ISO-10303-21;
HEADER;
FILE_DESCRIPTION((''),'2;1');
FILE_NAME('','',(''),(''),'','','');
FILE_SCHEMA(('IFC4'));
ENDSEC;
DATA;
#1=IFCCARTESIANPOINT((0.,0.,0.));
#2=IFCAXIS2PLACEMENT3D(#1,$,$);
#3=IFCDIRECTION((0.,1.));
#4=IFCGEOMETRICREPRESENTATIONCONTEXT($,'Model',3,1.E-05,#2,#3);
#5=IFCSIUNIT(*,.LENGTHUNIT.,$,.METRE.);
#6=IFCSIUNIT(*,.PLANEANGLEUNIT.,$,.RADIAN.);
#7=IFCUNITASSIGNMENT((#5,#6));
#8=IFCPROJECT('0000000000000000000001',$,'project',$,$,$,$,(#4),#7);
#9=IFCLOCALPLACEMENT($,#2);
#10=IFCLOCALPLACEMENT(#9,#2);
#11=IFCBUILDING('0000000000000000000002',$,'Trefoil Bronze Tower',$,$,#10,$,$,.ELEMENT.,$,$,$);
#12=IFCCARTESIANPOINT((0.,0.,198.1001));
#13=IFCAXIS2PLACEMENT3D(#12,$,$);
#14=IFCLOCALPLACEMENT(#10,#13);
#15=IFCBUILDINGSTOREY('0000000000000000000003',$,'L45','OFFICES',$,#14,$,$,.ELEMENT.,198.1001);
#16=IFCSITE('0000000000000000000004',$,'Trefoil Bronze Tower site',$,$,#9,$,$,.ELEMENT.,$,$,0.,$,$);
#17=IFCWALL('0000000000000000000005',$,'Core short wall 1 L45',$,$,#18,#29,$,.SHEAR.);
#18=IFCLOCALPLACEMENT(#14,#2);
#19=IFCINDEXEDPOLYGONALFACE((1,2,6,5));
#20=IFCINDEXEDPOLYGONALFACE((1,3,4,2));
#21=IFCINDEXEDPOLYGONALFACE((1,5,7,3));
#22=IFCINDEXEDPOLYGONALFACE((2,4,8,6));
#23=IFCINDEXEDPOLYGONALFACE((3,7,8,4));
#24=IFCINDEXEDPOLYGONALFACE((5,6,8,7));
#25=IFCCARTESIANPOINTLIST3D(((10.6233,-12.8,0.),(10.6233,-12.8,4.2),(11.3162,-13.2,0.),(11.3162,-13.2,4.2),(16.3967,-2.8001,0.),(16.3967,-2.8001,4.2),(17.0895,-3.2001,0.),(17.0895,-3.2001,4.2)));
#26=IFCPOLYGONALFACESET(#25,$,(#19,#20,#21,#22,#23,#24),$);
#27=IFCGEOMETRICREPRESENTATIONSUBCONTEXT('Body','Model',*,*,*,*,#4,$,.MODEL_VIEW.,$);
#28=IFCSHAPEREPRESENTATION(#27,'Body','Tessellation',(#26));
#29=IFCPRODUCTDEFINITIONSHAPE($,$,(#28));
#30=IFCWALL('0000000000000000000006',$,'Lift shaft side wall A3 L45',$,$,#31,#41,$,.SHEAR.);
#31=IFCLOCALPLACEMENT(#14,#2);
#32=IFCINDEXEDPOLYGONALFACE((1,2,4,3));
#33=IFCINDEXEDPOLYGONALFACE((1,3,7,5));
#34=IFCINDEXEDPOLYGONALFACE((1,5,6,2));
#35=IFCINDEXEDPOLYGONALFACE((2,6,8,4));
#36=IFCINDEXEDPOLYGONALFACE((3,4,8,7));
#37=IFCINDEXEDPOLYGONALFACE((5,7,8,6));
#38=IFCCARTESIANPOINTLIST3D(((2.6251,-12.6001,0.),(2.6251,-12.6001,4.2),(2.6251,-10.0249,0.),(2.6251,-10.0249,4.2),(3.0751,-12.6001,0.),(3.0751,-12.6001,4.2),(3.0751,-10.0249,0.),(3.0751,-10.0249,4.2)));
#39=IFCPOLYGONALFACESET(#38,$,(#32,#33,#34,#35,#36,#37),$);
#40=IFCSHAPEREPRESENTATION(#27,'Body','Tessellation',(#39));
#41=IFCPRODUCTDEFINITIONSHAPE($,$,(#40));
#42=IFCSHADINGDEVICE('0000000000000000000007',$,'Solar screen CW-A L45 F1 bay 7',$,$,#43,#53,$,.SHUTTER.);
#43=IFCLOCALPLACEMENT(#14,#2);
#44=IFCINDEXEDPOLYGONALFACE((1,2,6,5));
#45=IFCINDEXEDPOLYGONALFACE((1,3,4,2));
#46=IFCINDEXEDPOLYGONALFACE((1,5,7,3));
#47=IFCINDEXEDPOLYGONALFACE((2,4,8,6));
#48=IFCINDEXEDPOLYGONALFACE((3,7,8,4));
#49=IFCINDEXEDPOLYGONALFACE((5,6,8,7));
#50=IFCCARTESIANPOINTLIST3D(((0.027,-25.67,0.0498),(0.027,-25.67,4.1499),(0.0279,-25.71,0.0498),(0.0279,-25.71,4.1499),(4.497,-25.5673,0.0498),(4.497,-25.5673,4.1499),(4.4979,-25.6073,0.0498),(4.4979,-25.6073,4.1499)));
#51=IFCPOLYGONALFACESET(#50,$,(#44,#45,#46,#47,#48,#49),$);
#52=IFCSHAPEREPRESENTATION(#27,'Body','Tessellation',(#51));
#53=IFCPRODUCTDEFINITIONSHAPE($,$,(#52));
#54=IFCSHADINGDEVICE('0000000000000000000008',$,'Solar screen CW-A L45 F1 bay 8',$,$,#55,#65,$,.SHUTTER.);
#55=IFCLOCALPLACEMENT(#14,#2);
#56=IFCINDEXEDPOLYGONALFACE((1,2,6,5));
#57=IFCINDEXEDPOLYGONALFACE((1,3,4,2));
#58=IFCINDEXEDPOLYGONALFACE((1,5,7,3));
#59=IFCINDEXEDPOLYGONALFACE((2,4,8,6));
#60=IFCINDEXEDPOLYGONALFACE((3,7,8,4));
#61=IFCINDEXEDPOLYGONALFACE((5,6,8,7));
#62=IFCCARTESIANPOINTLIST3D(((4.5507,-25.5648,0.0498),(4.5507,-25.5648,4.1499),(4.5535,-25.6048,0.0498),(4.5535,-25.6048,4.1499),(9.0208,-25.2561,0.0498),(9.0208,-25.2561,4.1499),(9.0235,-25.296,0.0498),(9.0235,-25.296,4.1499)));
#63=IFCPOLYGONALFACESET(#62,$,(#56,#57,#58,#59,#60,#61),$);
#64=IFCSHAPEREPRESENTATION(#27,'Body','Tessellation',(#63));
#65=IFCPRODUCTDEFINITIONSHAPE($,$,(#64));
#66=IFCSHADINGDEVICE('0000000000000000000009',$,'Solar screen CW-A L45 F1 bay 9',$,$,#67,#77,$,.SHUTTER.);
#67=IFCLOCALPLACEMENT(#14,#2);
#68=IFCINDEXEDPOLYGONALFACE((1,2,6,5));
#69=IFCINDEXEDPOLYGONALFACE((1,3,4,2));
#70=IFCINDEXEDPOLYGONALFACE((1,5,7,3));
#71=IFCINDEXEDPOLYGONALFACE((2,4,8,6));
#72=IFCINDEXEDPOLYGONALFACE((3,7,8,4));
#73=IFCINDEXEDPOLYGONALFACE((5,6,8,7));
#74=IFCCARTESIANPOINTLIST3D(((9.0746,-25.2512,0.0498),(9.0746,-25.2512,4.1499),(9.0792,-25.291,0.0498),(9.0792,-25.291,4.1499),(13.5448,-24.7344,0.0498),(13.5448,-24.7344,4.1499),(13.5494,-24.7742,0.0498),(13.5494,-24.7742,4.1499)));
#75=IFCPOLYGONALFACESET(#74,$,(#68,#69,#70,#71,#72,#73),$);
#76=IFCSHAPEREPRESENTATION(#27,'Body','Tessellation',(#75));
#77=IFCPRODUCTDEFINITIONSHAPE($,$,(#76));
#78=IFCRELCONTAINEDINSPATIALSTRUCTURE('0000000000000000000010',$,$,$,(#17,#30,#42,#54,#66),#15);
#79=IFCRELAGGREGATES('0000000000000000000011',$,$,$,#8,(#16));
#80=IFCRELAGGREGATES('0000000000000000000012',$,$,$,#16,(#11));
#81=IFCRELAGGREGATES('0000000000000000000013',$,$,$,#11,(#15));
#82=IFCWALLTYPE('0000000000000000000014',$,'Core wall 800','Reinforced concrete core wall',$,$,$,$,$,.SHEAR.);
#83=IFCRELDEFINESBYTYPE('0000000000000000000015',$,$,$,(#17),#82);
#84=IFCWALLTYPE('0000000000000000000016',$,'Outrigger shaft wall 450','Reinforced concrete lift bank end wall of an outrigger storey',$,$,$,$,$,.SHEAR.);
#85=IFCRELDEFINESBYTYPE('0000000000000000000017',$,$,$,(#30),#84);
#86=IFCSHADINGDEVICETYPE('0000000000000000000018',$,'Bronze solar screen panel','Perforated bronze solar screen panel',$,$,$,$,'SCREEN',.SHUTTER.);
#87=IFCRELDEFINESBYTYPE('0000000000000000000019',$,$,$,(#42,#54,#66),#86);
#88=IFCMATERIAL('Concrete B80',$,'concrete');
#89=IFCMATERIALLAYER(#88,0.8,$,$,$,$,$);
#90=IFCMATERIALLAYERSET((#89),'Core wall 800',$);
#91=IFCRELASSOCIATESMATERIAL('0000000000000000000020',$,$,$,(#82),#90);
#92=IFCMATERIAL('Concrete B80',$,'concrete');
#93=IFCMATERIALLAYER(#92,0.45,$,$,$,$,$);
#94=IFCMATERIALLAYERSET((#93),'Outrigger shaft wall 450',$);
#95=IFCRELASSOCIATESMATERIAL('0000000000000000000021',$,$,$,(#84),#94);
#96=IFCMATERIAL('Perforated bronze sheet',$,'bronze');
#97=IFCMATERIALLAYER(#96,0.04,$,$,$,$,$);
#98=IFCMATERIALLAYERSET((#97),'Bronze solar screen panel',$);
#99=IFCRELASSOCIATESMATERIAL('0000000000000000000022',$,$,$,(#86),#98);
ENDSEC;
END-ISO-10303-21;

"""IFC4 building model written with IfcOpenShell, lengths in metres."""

from ifc_helpers import new_model, si_unit, direction, frame, frame_2d, origin, origin_2d, place, context, subcontext, project, spatial, rectangle, extrude, material, layer, layer_set, type_object, element, save


model = new_model("IFC4")

# Units and contexts
model_context = context("Model", 3, precision=1e-05, world=origin(), true_north=direction((0.0, 1.0)))
body_context = subcontext(model_context, "Body", "Model", "MODEL_VIEW")
ifc_project = project(units=[si_unit("LENGTHUNIT", "METRE"), si_unit("PLANEANGLEUNIT", "RADIAN")], contexts=[model_context])

# Site, building, storey
site_placement = place(None, origin())
site = spatial("IfcSite", under=ifc_project, at=site_placement, Name="Trefoil Bronze Tower site", CompositionType="ELEMENT", RefElevation=0.0)
building_placement = place(site_placement, origin())
building = spatial("IfcBuilding", under=site, at=building_placement, Name="Trefoil Bronze Tower", CompositionType="ELEMENT")
storey_placement = place(building_placement, frame((0.0, 0.0, 198.1001)))
storey = spatial("IfcBuildingStorey", under=building, at=storey_placement, Name="L45", Description="OFFICES", CompositionType="ELEMENT", Elevation=198.1001)

# Walls
ifc_material_1 = material(Name="Concrete B80", Category="concrete")
ifc_layer_1 = layer(ifc_material_1, 0.8)
ifc_layer_set_1 = layer_set([ifc_layer_1], Name="Core wall 800")
wall_type_1 = type_object("IfcWallType", Name="Core wall 800", Description="Reinforced concrete core wall", PredefinedType="SHEAR", material=ifc_layer_set_1)
wall_1_placement = place(storey_placement, frame((10.9697, -13.0, 0.0), z_axis=(0.0, 0.0, 1.0), x_axis=(0.499996, 0.866028, 0.0)))
element("IfcWall", 1, at=wall_1_placement, inside=storey, type_object=wall_type_1, Name="Core short wall 1 L45", PredefinedType="SHEAR", context=body_context, shape_type="SweptSolid", body=[
    extrude(rectangle(XDim=11.5469, YDim=0.8, at=frame_2d((5.7734, 0.0))), origin(), (0.0, 0.0, 1.0), 4.2),
])
ifc_material_2 = material(Name="Concrete B80", Category="concrete")
ifc_layer_2 = layer(ifc_material_2, 0.45)
ifc_layer_set_2 = layer_set([ifc_layer_2], Name="Outrigger shaft wall 450")
wall_type_2 = type_object("IfcWallType", Name="Outrigger shaft wall 450", Description="Reinforced concrete lift bank end wall of an outrigger storey", PredefinedType="SHEAR", material=ifc_layer_set_2)
wall_2_placement = place(storey_placement, frame((2.8501, -10.0249, 0.0), z_axis=(0.0, 0.0, 1.0), x_axis=(0.0, -1.0, 0.0)))
element("IfcWall", 2, at=wall_2_placement, inside=storey, type_object=wall_type_2, Name="Lift shaft side wall A3 L45", PredefinedType="SHEAR", context=body_context, shape_type="SweptSolid", body=[
    extrude(rectangle(XDim=2.5752, YDim=0.45, at=frame_2d((1.2876, 0.0))), origin(), (0.0, 0.0, 1.0), 4.2),
])

# Shading devices
ifc_material_3 = material(Name="Perforated bronze sheet", Category="bronze")
ifc_layer_3 = layer(ifc_material_3, 0.04)
ifc_layer_set_3 = layer_set([ifc_layer_3], Name="Bronze solar screen panel")
shading_device_type = type_object("IfcShadingDeviceType", Name="Bronze solar screen panel", Description="Perforated bronze solar screen panel", ElementType="SCREEN", PredefinedType="SHUTTER", material=ifc_layer_set_3)
shading_device_1_placement = place(storey_placement, frame((2.2625, -25.6387, 0.0498), z_axis=(0.0, 0.0, 1.0), x_axis=(0.999736, 0.022972, 0.0)))
element("IfcShadingDevice", 3, at=shading_device_1_placement, inside=storey, type_object=shading_device_type, Name="Solar screen CW-A L45 F1 bay 7", PredefinedType="SHUTTER", context=body_context, shape_type="SweptSolid", body=[
    extrude(rectangle(XDim=4.4712, YDim=0.04, at=origin_2d()), origin(), (0.0, 0.0, 1.0), 4.1001),
])
shading_device_2_placement = place(storey_placement, frame((6.7871, -25.4304, 0.0498), z_axis=(0.0, 0.0, 1.0), x_axis=(0.997623, 0.068915, 0.0)))
element("IfcShadingDevice", 4, at=shading_device_2_placement, inside=storey, type_object=shading_device_type, Name="Solar screen CW-A L45 F1 bay 8", PredefinedType="SHUTTER", context=body_context, shape_type="SweptSolid", body=[
    extrude(rectangle(XDim=4.4807, YDim=0.04, at=origin_2d()), origin(), (0.0, 0.0, 1.0), 4.1001),
])
shading_device_3_placement = place(storey_placement, frame((11.312, -25.0127, 0.0498), z_axis=(0.0, 0.0, 1.0), x_axis=(0.993382, 0.114859, 0.0)))
element("IfcShadingDevice", 5, at=shading_device_3_placement, inside=storey, type_object=shading_device_type, Name="Solar screen CW-A L45 F1 bay 9", PredefinedType="SHUTTER", context=body_context, shape_type="SweptSolid", body=[
    extrude(rectangle(XDim=4.5, YDim=0.04, at=origin_2d()), origin(), (0.0, 0.0, 1.0), 4.1001),
])

save(model, "model.ifc")
